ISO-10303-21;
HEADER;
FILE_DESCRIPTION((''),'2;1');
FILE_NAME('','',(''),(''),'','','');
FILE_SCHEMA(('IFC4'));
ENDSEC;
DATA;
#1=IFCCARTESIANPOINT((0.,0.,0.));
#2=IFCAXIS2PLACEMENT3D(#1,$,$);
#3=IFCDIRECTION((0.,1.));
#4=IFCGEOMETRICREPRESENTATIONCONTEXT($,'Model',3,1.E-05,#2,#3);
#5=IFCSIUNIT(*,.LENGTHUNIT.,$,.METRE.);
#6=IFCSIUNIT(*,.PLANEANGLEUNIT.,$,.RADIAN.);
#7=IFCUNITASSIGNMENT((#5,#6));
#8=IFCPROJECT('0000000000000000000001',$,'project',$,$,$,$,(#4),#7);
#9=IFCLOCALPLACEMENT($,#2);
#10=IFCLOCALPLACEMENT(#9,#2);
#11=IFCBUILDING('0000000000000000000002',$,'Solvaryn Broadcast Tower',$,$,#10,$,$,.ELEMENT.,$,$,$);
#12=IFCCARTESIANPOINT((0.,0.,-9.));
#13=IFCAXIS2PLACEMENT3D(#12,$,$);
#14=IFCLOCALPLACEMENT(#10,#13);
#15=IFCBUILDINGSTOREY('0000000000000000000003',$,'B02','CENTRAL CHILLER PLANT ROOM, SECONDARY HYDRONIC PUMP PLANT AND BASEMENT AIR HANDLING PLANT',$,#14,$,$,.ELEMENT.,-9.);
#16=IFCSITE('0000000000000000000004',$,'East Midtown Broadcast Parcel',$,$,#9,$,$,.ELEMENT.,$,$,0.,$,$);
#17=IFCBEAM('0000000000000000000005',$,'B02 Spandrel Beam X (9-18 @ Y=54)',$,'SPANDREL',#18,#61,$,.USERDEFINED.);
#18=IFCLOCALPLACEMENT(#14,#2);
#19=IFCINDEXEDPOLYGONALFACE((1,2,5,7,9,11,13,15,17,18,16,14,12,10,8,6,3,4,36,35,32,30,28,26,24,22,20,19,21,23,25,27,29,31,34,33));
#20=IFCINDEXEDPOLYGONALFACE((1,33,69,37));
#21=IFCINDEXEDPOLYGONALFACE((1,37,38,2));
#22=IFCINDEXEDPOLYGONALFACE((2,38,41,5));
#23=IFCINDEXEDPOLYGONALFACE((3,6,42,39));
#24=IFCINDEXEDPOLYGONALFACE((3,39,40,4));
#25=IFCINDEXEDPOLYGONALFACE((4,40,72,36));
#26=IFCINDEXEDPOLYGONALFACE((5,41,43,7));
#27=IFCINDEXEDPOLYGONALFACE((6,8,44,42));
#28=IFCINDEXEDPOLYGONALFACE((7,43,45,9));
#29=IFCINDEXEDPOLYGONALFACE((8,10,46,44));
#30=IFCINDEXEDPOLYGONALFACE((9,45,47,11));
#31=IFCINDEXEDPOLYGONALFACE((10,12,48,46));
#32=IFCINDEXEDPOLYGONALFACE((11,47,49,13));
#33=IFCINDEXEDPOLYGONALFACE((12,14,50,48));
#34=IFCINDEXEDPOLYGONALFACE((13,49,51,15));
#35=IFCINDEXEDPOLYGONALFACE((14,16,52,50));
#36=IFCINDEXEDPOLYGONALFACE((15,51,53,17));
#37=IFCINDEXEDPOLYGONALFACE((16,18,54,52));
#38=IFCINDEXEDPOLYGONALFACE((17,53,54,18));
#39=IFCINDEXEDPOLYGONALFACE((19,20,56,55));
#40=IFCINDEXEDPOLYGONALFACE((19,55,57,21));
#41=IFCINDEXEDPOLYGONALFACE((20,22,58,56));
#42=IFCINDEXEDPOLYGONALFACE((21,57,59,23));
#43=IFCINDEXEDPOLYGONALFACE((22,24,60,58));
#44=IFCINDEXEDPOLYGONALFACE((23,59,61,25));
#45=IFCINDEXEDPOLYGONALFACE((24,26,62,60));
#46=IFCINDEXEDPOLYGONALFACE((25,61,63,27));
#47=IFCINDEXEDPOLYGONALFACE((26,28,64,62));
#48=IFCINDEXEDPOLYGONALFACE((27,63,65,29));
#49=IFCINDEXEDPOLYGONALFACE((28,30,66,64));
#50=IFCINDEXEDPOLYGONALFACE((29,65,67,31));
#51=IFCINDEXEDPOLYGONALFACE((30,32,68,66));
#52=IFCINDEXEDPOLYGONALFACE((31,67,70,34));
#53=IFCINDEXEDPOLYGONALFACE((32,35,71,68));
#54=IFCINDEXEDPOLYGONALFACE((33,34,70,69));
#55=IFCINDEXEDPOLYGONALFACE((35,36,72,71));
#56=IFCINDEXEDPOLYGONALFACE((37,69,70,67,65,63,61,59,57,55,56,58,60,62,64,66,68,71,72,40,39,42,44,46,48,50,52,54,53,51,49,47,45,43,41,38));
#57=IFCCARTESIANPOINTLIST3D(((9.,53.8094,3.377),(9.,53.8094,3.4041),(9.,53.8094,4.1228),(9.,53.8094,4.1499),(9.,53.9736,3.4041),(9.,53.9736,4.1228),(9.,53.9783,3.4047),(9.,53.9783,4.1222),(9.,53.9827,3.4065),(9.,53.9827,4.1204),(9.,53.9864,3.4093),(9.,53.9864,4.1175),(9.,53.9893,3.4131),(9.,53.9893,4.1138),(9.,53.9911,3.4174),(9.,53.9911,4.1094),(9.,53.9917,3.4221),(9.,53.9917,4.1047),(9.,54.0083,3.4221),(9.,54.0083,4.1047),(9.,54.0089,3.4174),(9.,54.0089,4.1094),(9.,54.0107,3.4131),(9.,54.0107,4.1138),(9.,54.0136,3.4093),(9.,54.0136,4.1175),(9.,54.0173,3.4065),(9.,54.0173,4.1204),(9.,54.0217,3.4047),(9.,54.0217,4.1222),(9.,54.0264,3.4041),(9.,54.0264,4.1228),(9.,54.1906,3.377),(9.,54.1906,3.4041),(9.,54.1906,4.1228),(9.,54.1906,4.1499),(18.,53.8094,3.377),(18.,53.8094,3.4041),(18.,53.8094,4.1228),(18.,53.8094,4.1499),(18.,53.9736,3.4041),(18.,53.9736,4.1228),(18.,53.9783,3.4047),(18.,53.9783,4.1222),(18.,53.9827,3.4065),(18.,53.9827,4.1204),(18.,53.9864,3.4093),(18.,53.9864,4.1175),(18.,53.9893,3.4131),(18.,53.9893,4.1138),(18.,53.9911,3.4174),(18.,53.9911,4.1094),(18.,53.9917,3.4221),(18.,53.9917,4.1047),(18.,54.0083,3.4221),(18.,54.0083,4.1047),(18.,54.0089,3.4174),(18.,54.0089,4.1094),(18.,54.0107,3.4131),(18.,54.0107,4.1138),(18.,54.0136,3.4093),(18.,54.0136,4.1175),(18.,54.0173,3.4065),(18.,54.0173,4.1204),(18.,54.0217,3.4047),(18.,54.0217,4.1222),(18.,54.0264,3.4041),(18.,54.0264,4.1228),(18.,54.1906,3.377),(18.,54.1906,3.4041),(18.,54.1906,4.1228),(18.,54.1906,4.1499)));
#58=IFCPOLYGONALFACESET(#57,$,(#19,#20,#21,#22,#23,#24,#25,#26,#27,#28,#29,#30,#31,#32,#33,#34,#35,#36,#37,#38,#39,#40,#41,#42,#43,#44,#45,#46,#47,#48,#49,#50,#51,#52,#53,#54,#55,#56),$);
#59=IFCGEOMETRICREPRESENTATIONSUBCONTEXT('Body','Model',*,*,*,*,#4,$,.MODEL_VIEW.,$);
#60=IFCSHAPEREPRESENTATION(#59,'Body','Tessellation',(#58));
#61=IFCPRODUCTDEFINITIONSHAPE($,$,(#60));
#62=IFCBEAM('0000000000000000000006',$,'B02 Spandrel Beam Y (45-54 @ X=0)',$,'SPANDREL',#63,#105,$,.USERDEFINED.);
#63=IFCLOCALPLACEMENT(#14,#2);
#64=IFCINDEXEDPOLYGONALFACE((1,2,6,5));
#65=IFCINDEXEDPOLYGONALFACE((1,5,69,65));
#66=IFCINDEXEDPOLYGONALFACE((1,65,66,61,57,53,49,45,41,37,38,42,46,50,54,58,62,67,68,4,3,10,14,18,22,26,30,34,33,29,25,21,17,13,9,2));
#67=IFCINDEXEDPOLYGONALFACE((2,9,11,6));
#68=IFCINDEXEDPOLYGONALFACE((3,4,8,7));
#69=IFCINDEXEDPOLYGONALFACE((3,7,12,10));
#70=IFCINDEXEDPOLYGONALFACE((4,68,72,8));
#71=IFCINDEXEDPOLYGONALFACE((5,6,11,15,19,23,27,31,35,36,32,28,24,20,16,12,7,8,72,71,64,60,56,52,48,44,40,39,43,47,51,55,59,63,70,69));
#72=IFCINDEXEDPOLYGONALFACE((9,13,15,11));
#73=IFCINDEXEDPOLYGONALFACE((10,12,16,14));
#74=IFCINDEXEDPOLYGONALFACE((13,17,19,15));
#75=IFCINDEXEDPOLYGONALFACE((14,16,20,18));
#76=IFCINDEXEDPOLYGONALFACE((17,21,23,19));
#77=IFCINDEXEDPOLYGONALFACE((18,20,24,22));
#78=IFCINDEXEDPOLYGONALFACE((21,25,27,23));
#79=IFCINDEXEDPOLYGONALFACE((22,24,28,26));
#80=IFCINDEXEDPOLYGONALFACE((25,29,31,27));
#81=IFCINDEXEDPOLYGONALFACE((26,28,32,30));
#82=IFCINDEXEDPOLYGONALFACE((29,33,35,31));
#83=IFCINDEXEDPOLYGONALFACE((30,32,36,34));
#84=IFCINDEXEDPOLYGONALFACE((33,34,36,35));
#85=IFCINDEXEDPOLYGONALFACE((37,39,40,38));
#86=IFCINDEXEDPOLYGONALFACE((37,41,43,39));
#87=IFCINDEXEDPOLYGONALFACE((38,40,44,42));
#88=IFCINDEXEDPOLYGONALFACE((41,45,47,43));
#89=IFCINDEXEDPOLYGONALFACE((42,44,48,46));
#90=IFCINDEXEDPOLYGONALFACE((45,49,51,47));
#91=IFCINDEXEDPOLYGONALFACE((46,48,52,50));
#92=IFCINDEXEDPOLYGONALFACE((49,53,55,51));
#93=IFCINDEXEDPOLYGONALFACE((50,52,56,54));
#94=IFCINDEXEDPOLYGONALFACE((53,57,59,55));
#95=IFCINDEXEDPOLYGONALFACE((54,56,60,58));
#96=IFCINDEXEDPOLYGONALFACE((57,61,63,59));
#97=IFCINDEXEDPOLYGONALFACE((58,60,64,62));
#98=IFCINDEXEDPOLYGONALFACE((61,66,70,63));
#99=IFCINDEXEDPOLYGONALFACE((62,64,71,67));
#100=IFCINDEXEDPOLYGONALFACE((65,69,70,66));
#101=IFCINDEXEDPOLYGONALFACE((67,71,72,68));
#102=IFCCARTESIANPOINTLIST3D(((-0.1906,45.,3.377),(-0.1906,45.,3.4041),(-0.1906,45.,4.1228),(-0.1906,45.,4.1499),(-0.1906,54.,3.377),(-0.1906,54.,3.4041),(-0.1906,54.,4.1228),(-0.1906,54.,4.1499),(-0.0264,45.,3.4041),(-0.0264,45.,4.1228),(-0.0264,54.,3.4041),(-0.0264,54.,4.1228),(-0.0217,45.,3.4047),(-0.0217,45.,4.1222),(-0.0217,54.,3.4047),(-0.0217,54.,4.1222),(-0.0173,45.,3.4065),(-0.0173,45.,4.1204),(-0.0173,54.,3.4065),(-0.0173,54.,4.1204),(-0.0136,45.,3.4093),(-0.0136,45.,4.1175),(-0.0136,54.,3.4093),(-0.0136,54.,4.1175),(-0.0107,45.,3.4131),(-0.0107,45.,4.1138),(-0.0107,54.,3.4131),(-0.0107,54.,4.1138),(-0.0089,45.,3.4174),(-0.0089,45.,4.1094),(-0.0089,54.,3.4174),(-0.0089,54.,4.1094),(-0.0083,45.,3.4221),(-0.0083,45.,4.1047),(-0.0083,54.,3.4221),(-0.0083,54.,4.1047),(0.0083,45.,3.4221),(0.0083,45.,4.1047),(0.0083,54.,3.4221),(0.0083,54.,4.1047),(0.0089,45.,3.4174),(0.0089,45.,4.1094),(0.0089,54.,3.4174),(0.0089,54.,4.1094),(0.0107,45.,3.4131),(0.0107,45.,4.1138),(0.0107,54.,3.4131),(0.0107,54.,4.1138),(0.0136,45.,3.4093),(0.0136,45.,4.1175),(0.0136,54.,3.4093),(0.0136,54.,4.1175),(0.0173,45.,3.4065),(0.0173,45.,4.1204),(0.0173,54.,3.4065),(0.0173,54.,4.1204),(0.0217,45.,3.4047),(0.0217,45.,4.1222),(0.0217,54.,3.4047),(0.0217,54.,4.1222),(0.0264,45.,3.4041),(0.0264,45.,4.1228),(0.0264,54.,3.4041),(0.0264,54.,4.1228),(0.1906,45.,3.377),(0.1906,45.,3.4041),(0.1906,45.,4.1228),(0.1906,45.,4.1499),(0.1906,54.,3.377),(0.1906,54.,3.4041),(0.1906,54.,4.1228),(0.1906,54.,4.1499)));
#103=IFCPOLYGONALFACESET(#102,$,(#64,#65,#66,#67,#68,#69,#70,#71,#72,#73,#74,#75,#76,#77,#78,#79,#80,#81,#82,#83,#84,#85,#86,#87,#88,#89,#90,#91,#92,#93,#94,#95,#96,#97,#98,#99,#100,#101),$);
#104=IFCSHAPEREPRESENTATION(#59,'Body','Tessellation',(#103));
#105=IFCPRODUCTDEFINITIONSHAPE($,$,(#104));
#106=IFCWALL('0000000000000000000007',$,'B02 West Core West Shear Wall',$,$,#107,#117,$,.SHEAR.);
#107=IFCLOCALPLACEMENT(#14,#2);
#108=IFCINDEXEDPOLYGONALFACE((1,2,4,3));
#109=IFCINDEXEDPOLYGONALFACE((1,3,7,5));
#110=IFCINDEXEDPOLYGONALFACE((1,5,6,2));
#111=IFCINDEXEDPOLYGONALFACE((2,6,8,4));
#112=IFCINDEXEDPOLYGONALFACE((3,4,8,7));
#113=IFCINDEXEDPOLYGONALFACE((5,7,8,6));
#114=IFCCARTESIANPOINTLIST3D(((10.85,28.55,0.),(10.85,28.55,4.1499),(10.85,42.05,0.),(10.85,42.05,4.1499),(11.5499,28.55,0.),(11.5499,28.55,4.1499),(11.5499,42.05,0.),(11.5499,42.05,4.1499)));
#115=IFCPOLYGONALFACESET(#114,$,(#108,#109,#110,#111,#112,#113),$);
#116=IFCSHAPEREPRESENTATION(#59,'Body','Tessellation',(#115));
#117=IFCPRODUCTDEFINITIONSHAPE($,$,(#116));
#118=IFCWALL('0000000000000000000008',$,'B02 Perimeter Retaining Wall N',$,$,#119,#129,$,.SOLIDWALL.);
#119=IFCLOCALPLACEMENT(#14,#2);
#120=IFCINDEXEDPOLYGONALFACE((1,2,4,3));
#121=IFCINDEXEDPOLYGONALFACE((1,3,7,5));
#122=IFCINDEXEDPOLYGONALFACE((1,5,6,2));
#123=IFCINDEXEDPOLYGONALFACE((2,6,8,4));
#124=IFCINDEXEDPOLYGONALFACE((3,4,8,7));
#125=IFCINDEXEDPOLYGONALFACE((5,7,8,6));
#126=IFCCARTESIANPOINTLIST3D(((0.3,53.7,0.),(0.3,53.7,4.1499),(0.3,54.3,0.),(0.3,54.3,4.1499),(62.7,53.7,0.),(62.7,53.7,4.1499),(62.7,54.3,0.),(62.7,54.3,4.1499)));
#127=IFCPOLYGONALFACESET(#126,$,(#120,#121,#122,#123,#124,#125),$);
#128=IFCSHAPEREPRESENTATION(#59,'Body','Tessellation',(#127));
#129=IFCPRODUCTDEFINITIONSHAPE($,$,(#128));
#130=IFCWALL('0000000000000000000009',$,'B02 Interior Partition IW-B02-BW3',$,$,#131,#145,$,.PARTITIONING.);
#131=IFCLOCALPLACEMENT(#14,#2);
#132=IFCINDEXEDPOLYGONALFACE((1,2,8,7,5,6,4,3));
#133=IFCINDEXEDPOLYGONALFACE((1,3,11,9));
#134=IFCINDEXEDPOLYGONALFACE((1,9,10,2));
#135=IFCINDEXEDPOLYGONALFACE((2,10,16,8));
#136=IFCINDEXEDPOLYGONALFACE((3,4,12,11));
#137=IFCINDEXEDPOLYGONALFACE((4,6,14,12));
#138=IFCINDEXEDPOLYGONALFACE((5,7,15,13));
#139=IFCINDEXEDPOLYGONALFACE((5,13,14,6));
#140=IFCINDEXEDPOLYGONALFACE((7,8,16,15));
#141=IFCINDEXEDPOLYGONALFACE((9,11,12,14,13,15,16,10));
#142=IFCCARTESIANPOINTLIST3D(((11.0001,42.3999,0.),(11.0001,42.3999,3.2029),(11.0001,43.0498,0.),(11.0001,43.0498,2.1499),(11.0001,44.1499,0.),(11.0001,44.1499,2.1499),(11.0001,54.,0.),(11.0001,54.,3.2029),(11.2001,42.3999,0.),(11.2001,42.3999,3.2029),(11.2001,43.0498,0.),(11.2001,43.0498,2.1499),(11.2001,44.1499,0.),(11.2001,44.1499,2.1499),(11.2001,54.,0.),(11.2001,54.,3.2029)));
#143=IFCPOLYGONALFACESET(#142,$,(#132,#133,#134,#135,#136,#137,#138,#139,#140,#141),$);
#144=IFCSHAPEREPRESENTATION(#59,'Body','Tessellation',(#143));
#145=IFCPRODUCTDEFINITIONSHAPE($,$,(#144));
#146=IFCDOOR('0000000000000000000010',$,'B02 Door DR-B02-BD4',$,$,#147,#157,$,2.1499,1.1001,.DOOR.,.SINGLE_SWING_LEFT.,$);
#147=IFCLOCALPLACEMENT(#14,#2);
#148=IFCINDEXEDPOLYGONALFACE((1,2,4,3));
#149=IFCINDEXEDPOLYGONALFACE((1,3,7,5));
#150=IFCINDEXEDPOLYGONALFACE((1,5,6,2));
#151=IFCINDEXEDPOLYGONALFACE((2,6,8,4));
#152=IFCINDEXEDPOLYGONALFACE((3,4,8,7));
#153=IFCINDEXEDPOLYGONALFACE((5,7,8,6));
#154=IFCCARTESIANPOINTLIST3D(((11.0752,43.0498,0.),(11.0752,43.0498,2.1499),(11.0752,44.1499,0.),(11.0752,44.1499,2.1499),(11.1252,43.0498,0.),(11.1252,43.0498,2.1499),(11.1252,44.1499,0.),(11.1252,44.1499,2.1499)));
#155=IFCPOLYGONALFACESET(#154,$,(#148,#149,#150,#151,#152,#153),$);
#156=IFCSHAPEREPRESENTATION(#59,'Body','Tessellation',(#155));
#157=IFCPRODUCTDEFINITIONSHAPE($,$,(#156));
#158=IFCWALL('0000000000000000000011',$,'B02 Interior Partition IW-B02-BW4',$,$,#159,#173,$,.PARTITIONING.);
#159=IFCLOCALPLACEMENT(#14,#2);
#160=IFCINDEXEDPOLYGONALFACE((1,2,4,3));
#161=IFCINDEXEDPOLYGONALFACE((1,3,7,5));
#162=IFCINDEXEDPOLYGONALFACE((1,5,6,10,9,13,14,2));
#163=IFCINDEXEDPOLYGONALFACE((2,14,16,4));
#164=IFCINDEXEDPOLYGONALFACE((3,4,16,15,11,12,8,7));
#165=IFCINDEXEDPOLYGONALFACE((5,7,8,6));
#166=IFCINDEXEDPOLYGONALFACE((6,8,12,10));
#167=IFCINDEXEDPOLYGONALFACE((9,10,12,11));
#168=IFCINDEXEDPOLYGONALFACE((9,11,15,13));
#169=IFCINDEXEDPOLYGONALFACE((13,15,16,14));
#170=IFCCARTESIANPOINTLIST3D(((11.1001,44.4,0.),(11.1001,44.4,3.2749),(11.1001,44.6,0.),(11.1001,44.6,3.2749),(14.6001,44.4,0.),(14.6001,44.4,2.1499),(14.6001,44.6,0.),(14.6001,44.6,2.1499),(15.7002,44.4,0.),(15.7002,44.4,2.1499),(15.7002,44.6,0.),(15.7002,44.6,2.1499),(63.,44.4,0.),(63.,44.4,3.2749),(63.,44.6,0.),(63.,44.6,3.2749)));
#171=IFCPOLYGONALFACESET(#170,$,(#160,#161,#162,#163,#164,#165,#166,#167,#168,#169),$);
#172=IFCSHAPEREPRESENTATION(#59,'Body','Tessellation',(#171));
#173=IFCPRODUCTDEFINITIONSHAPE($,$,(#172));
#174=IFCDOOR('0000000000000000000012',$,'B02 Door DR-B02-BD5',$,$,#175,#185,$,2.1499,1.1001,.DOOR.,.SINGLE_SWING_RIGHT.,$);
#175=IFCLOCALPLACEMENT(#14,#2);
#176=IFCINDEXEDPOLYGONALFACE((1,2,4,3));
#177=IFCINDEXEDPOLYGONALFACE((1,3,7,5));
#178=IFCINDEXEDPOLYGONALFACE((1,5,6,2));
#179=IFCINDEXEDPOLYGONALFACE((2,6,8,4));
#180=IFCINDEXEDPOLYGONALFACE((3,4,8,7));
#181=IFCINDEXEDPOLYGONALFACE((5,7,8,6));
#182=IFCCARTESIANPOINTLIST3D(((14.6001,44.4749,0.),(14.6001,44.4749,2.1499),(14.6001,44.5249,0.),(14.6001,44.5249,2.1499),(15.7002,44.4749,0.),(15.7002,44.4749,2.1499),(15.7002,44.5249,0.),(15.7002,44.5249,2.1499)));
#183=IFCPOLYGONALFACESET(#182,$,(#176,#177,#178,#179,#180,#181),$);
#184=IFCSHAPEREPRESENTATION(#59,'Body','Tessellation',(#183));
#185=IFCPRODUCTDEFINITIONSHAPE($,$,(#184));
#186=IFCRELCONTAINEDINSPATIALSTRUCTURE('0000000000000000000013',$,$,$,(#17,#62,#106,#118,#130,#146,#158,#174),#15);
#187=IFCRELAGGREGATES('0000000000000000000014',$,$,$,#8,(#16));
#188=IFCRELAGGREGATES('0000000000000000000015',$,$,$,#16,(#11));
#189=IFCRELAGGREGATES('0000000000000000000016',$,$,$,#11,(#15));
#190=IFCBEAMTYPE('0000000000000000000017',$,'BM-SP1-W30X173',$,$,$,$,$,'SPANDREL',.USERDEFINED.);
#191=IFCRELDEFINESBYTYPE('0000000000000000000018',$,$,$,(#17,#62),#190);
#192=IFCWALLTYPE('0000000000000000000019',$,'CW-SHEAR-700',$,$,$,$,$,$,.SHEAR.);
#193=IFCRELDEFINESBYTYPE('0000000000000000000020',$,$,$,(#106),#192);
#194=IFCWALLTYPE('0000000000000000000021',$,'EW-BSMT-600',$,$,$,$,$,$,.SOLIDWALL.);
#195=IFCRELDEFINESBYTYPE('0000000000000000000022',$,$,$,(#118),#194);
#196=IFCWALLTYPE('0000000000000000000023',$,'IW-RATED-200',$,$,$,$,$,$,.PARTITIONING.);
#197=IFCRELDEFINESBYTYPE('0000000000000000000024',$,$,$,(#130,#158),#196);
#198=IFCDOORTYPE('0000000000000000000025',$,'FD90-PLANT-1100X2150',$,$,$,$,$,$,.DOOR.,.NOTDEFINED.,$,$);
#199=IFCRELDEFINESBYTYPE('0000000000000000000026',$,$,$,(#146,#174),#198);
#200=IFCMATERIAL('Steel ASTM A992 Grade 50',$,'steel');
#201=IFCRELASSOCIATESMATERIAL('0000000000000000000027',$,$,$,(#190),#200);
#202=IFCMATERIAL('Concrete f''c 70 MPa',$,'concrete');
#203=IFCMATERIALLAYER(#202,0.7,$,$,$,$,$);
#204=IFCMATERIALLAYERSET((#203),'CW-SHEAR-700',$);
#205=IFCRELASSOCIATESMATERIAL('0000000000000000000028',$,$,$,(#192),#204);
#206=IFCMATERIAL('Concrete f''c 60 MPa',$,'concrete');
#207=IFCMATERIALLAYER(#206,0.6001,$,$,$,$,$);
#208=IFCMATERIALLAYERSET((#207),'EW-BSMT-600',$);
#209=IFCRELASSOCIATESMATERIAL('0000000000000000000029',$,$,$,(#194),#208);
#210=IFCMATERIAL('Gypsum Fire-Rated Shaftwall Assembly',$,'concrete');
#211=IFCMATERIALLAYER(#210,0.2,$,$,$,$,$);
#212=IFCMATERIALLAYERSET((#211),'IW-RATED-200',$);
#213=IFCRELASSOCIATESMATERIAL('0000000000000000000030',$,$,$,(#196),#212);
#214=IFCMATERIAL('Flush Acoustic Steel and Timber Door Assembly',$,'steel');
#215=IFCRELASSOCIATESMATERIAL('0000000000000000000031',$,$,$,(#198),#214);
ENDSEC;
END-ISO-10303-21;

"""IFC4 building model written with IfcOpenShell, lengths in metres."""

from ifc_helpers import new_model, si_unit, direction, frame, frame_2d, origin, origin_2d, place, context, subcontext, project, spatial, rectangle, i_section, extrude, material, layer, layer_set, material_profile, profile_set, type_object, element, fill, save


model = new_model("IFC4")

# Units and contexts
model_context = context("Model", 3, precision=1e-05, world=origin(), true_north=direction((0.0, 1.0)))
body_context = subcontext(model_context, "Body", "Model", "MODEL_VIEW")
ifc_project = project(units=[si_unit("LENGTHUNIT", "METRE"), si_unit("PLANEANGLEUNIT", "RADIAN")], contexts=[model_context])

# Site, building, storey
site_placement = place(None, origin())
site = spatial("IfcSite", under=ifc_project, at=site_placement, Name="East Midtown Broadcast Parcel", CompositionType="ELEMENT", RefElevation=0.0)
building_placement = place(site_placement, origin())
building = spatial("IfcBuilding", under=site, at=building_placement, Name="Solvaryn Broadcast Tower", CompositionType="ELEMENT")
storey_placement = place(building_placement, frame((0.0, 0.0, -9.0)))
storey = spatial("IfcBuildingStorey", under=building, at=storey_placement, Name="B02", Description="CENTRAL CHILLER PLANT ROOM, SECONDARY HYDRONIC PUMP PLANT AND BASEMENT AIR HANDLING PLANT", CompositionType="ELEMENT", Elevation=-9.0)

# Beams
ifc_material_1 = material(Name="Steel ASTM A992 Grade 50", Category="steel")
ifc_material_profile_1 = material_profile(ifc_material_1, i_section(OverallWidth=0.3811, OverallDepth=0.7729, WebThickness=0.0166, FlangeThickness=0.0271, FilletRadius=0.0181, at=origin_2d()))
ifc_profile_set_1 = profile_set([ifc_material_profile_1], Name="Steel ASTM A992 Grade 50")
beam_type_1 = type_object("IfcBeamType", Name="BM-SP1-W30X173", ElementType="SPANDREL", PredefinedType="USERDEFINED", material=ifc_profile_set_1)
for number, where, z_axis, x_axis, name in (
    (1, (9.0, 54.0, 3.7634), (1.0, 0.0, 0.0), (0.0, 1.0, 0.0), "B02 Spandrel Beam X (9-18 @ Y=54)"),
    (2, (0.0, 45.0, 3.7634), (0.0, 1.0, 0.0), (-1.0, 0.0, 0.0), "B02 Spandrel Beam Y (45-54 @ X=0)"),
):
    element("IfcBeam", number, at=place(storey_placement, frame(where, z_axis=z_axis, x_axis=x_axis)), inside=storey, type_object=beam_type_1, Name=name, ObjectType="SPANDREL", PredefinedType="USERDEFINED", context=body_context, shape_type="SweptSolid", body=[
        extrude(i_section(OverallWidth=0.3811, OverallDepth=0.7729, WebThickness=0.0166, FlangeThickness=0.0271, FilletRadius=0.0181, at=origin_2d()), origin(), (0.0, 0.0, 1.0), 9.0),
    ])

# Walls
ifc_material_2 = material(Name="Concrete f'c 70 MPa", Category="concrete")
ifc_layer_1 = layer(ifc_material_2, 0.7)
ifc_layer_set_1 = layer_set([ifc_layer_1], Name="CW-SHEAR-700")
wall_type_1 = type_object("IfcWallType", Name="CW-SHEAR-700", PredefinedType="SHEAR", material=ifc_layer_set_1)
wall_1_placement = place(storey_placement, frame((11.2, 42.05, 0.0), z_axis=(0.0, 0.0, 1.0), x_axis=(0.0, -1.0, 0.0)))
element("IfcWall", 3, at=wall_1_placement, inside=storey, type_object=wall_type_1, Name="B02 West Core West Shear Wall", PredefinedType="SHEAR", context=body_context, shape_type="SweptSolid", body=[
    extrude(rectangle(XDim=13.5, YDim=0.7, at=frame_2d((6.75, 0.0))), origin(), (0.0, 0.0, 1.0), 4.1499),
])
ifc_material_3 = material(Name="Concrete f'c 60 MPa", Category="concrete")
ifc_layer_2 = layer(ifc_material_3, 0.6001)
ifc_layer_set_2 = layer_set([ifc_layer_2], Name="EW-BSMT-600")
wall_type_2 = type_object("IfcWallType", Name="EW-BSMT-600", PredefinedType="SOLIDWALL", material=ifc_layer_set_2)
wall_2_placement = place(storey_placement, frame((0.3, 54.0, 0.0), z_axis=(0.0, 0.0, 1.0), x_axis=(1.0, 0.0, 0.0)))
element("IfcWall", 4, at=wall_2_placement, inside=storey, type_object=wall_type_2, Name="B02 Perimeter Retaining Wall N", PredefinedType="SOLIDWALL", context=body_context, shape_type="SweptSolid", body=[
    extrude(rectangle(XDim=62.3999, YDim=0.6001, at=frame_2d((31.2, 0.0))), origin(), (0.0, 0.0, 1.0), 4.1499),
])

# Walls, openings, doors
ifc_material_4 = material(Name="Gypsum Fire-Rated Shaftwall Assembly", Category="concrete")
ifc_layer_3 = layer(ifc_material_4, 0.2)
ifc_layer_set_3 = layer_set([ifc_layer_3], Name="IW-RATED-200")
wall_type_3 = type_object("IfcWallType", Name="IW-RATED-200", PredefinedType="PARTITIONING", material=ifc_layer_set_3)
wall_3_placement = place(storey_placement, frame((11.1001, 42.3999, 0.0), z_axis=(0.0, 0.0, 1.0), x_axis=(0.0, 1.0, 0.0)))
wall_3 = element("IfcWall", 5, at=wall_3_placement, inside=storey, type_object=wall_type_3, Name="B02 Interior Partition IW-B02-BW3", PredefinedType="PARTITIONING", context=body_context, shape_type="SweptSolid", body=[
    extrude(rectangle(XDim=11.6001, YDim=0.2, at=frame_2d((5.8, 0.0))), origin(), (0.0, 0.0, 1.0), 3.2029),
])
opening_1_placement = place(wall_3_placement, frame((0.6499, 0.0, 0.0)))
opening_1 = element("IfcOpeningElement", 6, at=opening_1_placement, cuts=wall_3, PredefinedType="OPENING", context=body_context, shape_type="SweptSolid", body=[
    extrude(rectangle(XDim=1.1001, YDim=2.1499, at=frame_2d((0.55, 1.075))), frame((0.0, 0.1101, 0.0), z_axis=(0.0, -1.0, 0.0), x_axis=(1.0, 0.0, 0.0)), (0.0, 0.0, 1.0), 0.22),
])
ifc_material_5 = material(Name="Flush Acoustic Steel and Timber Door Assembly", Category="steel")
door_type = type_object("IfcDoorType", Name="FD90-PLANT-1100X2150", OperationType="NOTDEFINED", PredefinedType="DOOR", material=ifc_material_5)
door_1_placement = place(opening_1_placement, origin())
door_1 = element("IfcDoor", 7, at=door_1_placement, inside=storey, type_object=door_type, Name="B02 Door DR-B02-BD4", OperationType="SINGLE_SWING_LEFT", OverallHeight=2.1499, OverallWidth=1.1001, PredefinedType="DOOR", context=body_context, shape_type="SweptSolid", body=[
    extrude(rectangle(XDim=1.1001, YDim=2.1499, at=frame_2d((0.55, 1.075))), frame((0.0, 0.0249, 0.0), z_axis=(0.0, -1.0, 0.0), x_axis=(1.0, 0.0, 0.0)), (0.0, 0.0, 1.0), 0.05),
])
fill(opening_1, door_1)
wall_4_placement = place(storey_placement, frame((11.1001, 44.5, 0.0), z_axis=(0.0, 0.0, 1.0), x_axis=(1.0, 0.0, 0.0)))
wall_4 = element("IfcWall", 8, at=wall_4_placement, inside=storey, type_object=wall_type_3, Name="B02 Interior Partition IW-B02-BW4", PredefinedType="PARTITIONING", context=body_context, shape_type="SweptSolid", body=[
    extrude(rectangle(XDim=51.8999, YDim=0.2, at=frame_2d((25.95, 0.0))), origin(), (0.0, 0.0, 1.0), 3.2749),
])
opening_2_placement = place(wall_4_placement, frame((3.5, 0.0, 0.0)))
opening_2 = element("IfcOpeningElement", 9, at=opening_2_placement, cuts=wall_4, PredefinedType="OPENING", context=body_context, shape_type="SweptSolid", body=[
    extrude(rectangle(XDim=1.1001, YDim=2.1499, at=frame_2d((0.55, 1.075))), frame((0.0, 0.1101, 0.0), z_axis=(0.0, -1.0, 0.0), x_axis=(1.0, 0.0, 0.0)), (0.0, 0.0, 1.0), 0.22),
])
door_2_placement = place(opening_2_placement, origin())
door_2 = element("IfcDoor", 10, at=door_2_placement, inside=storey, type_object=door_type, Name="B02 Door DR-B02-BD5", OperationType="SINGLE_SWING_RIGHT", OverallHeight=2.1499, OverallWidth=1.1001, PredefinedType="DOOR", context=body_context, shape_type="SweptSolid", body=[
    extrude(rectangle(XDim=1.1001, YDim=2.1499, at=frame_2d((0.55, 1.075))), frame((0.0, 0.0249, 0.0), z_axis=(0.0, -1.0, 0.0), x_axis=(1.0, 0.0, 0.0)), (0.0, 0.0, 1.0), 0.05),
])
fill(opening_2, door_2)

save(model, "model.ifc")
